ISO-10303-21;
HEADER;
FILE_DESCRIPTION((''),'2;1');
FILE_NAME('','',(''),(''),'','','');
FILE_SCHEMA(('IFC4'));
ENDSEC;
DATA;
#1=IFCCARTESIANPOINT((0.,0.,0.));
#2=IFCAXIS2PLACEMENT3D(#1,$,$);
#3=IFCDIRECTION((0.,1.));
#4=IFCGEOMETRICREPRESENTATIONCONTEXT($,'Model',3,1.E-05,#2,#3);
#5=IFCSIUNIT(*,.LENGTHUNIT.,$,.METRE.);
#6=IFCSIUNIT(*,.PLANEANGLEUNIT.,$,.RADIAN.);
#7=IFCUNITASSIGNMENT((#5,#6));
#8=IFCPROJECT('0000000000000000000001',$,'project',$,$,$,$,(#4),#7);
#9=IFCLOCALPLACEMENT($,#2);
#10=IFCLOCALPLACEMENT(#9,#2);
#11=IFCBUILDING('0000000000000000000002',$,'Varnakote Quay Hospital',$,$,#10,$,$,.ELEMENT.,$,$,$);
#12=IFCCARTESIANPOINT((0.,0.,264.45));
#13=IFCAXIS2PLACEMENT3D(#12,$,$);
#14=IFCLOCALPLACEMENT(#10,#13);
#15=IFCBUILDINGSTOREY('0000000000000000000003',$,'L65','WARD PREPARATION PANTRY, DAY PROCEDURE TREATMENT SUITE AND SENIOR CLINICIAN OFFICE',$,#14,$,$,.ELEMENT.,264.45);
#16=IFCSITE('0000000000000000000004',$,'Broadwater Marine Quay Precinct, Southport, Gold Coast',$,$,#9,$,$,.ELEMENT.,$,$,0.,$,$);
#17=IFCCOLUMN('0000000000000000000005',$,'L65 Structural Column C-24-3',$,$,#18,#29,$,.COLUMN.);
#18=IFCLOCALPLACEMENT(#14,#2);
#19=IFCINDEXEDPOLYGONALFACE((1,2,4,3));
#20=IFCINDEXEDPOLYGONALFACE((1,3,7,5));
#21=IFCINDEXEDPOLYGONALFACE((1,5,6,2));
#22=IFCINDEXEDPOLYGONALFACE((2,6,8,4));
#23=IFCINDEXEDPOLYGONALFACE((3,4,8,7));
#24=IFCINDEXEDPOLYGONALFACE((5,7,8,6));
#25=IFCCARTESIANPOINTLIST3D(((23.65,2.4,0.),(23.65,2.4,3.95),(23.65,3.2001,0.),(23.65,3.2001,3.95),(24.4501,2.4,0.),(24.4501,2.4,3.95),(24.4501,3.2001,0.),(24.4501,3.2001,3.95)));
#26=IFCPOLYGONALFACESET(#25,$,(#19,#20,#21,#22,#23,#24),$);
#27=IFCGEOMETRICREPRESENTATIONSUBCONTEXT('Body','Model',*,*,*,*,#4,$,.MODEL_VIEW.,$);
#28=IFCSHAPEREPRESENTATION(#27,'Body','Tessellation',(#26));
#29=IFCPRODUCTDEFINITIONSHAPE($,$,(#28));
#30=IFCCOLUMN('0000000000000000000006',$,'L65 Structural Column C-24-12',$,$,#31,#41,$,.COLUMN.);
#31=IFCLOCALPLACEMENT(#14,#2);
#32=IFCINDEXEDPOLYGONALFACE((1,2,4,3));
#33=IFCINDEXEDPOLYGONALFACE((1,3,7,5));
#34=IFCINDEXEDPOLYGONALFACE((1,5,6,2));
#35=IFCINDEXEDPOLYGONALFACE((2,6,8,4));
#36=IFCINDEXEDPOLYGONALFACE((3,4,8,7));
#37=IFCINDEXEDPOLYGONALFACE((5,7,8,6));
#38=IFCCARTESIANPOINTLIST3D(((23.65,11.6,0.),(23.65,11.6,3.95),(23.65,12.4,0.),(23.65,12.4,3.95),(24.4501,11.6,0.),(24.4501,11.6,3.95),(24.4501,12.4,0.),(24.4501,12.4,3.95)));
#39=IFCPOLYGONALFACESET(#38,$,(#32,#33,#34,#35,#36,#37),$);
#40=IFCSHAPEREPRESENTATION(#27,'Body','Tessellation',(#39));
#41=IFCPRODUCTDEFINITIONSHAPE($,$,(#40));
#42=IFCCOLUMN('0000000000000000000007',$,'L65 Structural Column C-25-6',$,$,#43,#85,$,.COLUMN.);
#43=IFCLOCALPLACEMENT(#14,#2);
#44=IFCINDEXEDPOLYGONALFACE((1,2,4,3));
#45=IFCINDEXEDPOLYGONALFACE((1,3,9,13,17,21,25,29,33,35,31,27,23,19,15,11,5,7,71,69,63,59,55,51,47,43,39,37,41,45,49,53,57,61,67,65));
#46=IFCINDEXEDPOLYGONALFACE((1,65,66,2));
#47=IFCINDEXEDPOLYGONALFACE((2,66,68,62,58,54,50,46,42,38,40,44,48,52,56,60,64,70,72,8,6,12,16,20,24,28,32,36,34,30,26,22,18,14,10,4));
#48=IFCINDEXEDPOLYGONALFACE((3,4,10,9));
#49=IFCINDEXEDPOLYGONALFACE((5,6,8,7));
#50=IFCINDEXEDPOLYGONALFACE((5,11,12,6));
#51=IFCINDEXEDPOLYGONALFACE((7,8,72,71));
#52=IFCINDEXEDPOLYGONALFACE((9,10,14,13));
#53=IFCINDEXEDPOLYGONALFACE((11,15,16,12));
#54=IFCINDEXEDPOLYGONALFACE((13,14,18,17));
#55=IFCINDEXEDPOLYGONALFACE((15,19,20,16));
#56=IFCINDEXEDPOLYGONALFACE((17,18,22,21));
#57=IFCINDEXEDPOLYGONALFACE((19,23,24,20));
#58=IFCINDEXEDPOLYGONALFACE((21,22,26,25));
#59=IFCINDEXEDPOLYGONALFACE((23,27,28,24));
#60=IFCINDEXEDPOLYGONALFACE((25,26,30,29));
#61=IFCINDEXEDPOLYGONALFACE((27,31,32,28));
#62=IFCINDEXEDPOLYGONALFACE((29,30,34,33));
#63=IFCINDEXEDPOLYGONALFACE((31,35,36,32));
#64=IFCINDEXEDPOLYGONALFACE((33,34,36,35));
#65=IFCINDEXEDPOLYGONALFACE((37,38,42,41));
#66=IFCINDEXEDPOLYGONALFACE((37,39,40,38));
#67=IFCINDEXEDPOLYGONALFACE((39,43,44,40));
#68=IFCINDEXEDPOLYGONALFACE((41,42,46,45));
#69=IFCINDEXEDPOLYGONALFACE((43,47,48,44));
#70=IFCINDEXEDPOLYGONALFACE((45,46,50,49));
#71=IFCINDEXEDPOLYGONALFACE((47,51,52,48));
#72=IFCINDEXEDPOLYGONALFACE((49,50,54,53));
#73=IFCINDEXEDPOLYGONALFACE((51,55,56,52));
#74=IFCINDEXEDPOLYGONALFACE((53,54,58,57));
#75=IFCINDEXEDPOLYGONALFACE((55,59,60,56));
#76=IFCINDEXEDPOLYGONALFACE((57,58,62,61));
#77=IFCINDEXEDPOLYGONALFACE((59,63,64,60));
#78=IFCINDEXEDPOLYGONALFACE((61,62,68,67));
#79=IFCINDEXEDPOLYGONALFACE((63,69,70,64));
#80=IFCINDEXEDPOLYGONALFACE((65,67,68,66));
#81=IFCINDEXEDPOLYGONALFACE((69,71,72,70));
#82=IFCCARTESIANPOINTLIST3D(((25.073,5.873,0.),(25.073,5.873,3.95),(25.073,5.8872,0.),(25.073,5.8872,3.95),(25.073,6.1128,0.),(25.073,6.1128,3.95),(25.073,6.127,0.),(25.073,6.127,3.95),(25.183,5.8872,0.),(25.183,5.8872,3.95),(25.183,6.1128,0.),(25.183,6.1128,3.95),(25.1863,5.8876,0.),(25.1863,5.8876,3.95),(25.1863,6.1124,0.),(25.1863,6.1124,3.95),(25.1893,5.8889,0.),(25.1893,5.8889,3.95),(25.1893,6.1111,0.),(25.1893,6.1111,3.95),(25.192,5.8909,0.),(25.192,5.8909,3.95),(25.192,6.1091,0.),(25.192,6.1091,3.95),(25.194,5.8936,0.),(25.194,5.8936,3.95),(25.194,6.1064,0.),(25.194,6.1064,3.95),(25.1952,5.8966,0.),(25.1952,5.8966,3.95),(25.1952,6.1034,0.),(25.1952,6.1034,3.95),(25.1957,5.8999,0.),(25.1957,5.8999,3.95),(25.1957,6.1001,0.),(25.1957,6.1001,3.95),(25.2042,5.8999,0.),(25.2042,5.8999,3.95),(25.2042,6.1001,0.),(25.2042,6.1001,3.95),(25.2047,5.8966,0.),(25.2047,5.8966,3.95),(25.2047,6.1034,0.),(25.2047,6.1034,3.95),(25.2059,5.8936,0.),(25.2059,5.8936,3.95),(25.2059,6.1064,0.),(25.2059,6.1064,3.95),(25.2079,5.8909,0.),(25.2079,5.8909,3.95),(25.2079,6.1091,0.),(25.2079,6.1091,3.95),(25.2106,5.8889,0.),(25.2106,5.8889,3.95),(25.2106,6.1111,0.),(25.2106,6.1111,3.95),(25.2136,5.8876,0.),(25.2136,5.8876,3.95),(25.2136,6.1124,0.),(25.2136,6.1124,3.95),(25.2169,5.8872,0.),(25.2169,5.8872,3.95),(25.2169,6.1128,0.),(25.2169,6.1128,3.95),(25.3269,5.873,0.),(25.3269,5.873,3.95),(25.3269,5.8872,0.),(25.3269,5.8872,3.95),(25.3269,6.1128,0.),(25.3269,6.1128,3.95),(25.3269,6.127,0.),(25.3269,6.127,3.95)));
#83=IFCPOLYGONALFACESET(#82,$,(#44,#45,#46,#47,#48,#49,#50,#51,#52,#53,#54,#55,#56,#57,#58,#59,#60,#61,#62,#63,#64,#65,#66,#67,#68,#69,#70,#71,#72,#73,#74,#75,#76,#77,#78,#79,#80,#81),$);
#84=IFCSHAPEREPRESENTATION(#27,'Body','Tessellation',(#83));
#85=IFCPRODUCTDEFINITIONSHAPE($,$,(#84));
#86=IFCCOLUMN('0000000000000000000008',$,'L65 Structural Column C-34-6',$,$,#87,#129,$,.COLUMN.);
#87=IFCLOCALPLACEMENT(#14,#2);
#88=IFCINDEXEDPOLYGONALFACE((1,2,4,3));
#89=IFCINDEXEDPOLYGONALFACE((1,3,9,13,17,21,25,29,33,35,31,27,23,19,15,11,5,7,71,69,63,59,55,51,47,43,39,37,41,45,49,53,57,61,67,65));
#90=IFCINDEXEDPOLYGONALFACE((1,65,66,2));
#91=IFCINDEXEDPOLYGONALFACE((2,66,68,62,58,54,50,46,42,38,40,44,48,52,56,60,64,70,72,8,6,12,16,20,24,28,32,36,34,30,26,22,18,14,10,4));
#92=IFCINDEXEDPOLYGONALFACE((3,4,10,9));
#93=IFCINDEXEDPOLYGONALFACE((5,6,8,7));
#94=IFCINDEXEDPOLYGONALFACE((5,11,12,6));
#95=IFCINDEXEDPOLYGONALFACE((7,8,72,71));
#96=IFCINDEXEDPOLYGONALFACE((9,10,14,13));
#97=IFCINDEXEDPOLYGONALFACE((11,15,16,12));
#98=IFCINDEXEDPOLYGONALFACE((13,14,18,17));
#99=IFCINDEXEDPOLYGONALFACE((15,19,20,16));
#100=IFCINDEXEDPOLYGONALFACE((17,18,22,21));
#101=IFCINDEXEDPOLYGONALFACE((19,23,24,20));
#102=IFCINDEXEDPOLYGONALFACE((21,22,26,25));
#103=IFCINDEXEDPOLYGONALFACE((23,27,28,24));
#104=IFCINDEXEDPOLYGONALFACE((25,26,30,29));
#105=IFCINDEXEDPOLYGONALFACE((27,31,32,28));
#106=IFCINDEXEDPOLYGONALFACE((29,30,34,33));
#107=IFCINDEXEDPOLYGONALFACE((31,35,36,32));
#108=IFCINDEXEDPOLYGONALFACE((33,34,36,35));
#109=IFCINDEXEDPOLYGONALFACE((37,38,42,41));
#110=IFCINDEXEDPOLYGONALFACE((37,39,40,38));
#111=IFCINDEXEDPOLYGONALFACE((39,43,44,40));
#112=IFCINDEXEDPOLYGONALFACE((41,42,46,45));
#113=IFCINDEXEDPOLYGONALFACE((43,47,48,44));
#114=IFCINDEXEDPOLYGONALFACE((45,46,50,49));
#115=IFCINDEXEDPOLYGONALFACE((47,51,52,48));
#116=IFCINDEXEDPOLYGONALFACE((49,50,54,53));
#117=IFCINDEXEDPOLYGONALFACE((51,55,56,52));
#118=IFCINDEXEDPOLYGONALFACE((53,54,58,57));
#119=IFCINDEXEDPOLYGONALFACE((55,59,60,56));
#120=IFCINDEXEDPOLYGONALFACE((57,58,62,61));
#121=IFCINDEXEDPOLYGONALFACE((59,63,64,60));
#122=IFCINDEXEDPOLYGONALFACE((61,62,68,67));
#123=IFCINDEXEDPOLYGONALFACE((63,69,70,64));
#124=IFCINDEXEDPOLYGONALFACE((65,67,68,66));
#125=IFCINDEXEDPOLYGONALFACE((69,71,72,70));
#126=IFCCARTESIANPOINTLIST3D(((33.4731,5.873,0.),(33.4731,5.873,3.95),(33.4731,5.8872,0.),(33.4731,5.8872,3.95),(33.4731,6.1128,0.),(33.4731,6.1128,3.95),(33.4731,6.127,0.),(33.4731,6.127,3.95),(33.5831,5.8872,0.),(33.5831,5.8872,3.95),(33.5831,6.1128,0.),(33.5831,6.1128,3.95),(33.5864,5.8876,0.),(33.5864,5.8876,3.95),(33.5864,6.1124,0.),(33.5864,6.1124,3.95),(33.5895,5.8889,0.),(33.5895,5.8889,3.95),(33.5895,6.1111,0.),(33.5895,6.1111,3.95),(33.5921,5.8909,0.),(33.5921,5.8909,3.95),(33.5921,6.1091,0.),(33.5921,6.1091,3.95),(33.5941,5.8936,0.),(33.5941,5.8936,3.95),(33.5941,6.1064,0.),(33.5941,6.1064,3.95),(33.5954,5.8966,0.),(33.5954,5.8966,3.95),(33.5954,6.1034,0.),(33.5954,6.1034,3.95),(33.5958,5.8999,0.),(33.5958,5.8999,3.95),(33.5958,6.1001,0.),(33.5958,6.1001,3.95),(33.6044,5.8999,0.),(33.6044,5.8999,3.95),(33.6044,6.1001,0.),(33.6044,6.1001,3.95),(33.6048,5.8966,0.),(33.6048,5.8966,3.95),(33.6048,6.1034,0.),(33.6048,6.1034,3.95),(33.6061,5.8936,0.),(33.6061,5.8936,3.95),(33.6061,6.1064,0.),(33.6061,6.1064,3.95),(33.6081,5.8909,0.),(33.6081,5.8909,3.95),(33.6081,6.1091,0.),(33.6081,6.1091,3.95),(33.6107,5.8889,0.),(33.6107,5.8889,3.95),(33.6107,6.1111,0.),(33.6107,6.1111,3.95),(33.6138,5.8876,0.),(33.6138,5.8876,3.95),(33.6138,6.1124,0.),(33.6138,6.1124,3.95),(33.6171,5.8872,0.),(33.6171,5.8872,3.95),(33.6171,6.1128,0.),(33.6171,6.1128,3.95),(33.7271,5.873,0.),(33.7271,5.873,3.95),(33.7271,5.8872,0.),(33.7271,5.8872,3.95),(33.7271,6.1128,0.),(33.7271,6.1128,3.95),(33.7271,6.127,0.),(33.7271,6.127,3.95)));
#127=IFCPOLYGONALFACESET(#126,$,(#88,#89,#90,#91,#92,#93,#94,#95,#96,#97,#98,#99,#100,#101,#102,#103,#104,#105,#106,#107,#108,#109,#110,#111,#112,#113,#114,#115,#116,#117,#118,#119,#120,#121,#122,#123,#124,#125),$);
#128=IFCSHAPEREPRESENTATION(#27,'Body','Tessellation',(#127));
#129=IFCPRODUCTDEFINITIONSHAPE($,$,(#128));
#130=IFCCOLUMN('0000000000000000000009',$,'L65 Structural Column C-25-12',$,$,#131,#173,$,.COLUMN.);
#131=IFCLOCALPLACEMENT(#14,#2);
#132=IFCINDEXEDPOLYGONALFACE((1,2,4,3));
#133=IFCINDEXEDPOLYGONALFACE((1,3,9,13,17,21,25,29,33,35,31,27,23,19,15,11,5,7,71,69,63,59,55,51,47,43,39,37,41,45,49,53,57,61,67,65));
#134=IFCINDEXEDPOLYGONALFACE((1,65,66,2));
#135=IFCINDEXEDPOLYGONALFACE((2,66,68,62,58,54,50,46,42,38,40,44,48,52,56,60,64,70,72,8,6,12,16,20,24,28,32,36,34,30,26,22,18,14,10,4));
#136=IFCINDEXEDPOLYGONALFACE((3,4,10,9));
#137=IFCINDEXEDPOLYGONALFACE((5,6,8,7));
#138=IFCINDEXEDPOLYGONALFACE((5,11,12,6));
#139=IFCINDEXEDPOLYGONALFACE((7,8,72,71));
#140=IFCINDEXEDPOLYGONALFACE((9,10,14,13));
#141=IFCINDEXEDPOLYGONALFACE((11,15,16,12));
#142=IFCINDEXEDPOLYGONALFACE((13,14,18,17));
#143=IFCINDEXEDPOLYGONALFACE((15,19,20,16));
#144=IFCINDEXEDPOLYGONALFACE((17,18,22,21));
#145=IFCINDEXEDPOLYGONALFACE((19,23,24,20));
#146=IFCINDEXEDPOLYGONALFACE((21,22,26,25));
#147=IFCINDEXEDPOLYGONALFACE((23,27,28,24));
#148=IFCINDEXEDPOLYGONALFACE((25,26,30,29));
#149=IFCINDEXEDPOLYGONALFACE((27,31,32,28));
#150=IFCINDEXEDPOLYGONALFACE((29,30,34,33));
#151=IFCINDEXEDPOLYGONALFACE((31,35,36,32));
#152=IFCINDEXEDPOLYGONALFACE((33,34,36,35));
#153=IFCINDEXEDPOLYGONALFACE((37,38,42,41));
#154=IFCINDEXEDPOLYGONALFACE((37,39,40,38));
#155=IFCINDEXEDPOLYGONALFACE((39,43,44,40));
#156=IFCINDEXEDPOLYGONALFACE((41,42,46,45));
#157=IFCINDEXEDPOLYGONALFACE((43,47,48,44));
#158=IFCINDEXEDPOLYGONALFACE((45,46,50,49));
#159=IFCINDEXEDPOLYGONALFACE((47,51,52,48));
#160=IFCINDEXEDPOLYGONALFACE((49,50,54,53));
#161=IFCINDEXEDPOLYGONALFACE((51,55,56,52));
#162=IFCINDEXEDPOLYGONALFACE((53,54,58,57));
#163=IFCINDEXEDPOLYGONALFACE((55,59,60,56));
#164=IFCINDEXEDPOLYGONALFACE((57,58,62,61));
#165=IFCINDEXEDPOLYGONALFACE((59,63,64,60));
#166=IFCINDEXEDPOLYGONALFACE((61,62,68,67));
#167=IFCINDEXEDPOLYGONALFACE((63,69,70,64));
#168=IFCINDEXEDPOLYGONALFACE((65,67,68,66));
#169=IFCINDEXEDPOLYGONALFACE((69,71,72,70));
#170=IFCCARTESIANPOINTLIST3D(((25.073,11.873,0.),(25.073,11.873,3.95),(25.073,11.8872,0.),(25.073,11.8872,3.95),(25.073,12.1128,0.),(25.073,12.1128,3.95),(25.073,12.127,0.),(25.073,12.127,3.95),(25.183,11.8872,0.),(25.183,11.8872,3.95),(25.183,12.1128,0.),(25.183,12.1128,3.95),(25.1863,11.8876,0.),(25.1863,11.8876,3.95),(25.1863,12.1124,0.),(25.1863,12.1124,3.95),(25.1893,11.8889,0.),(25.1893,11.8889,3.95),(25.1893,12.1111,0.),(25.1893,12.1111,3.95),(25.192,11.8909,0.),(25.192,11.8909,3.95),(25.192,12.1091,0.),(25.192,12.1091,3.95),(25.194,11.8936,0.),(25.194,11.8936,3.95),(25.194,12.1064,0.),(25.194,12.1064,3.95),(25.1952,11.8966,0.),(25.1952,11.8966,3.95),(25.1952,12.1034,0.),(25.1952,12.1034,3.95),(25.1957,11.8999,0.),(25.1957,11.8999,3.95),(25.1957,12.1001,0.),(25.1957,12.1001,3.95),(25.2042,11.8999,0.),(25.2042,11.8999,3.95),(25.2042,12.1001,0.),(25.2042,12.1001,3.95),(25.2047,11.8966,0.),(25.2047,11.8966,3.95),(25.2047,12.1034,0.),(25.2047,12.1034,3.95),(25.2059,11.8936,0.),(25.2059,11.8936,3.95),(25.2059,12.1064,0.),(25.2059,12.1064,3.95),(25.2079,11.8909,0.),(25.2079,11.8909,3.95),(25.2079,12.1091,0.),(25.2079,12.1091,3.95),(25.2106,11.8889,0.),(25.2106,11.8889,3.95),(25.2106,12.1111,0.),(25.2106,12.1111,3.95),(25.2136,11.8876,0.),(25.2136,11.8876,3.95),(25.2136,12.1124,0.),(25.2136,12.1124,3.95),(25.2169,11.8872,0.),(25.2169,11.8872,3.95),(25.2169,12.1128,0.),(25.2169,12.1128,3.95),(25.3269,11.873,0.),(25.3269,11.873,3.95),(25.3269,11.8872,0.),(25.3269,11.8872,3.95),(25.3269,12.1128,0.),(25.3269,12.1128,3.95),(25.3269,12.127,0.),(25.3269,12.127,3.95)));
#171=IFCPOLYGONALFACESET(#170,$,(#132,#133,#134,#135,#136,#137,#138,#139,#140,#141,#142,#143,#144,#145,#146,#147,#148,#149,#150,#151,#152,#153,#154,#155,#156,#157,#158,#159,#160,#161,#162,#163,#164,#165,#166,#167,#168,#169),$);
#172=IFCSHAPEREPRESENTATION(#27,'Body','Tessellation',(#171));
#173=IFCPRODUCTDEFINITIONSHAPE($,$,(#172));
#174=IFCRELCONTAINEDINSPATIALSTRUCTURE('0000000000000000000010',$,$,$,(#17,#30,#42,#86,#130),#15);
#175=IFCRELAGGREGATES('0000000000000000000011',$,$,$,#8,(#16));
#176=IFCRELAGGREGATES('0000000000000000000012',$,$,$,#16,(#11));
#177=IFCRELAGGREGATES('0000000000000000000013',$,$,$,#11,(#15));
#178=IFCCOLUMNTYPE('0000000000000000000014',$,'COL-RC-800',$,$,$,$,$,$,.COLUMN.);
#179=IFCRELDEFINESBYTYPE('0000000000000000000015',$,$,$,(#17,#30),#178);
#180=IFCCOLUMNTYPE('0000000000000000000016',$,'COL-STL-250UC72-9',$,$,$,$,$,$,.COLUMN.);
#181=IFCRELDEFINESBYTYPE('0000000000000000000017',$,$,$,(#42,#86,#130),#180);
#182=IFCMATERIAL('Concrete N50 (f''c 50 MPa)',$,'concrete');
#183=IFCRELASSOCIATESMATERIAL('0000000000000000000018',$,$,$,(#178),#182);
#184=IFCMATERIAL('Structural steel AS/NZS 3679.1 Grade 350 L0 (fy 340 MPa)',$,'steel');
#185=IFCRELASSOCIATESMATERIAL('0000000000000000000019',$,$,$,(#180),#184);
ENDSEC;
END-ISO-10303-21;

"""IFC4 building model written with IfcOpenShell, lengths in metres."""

from ifc_helpers import new_model, si_unit, direction, frame, origin, origin_2d, place, context, subcontext, project, spatial, rectangle, i_section, extrude, material, material_profile, profile_set, type_object, element, save


model = new_model("IFC4")

# Units and contexts
model_context = context("Model", 3, precision=1e-05, world=origin(), true_north=direction((0.0, 1.0)))
body_context = subcontext(model_context, "Body", "Model", "MODEL_VIEW")
ifc_project = project(units=[si_unit("LENGTHUNIT", "METRE"), si_unit("PLANEANGLEUNIT", "RADIAN")], contexts=[model_context])

# Site, building, storey
site_placement = place(None, origin())
site = spatial("IfcSite", under=ifc_project, at=site_placement, Name="Broadwater Marine Quay Precinct, Southport, Gold Coast", CompositionType="ELEMENT", RefElevation=0.0)
building_placement = place(site_placement, origin())
building = spatial("IfcBuilding", under=site, at=building_placement, Name="Varnakote Quay Hospital", CompositionType="ELEMENT")
storey_placement = place(building_placement, frame((0.0, 0.0, 264.45)))
storey = spatial("IfcBuildingStorey", under=building, at=storey_placement, Name="L65", Description="WARD PREPARATION PANTRY, DAY PROCEDURE TREATMENT SUITE AND SENIOR CLINICIAN OFFICE", CompositionType="ELEMENT", Elevation=264.45)

# Columns
ifc_material_1 = material(Name="Concrete N50 (f'c 50 MPa)", Category="concrete")
ifc_material_profile_1 = material_profile(ifc_material_1, rectangle(XDim=0.8, YDim=0.8, at=origin_2d()), Name="RC-COL-800x800")
ifc_profile_set_1 = profile_set([ifc_material_profile_1], Name="Concrete N50 (f'c 50 MPa)")
column_type_1 = type_object("IfcColumnType", Name="COL-RC-800", PredefinedType="COLUMN", material=ifc_profile_set_1)
for number, where, z_axis, x_axis, name in (
    (1, (24.05, 2.8, 0.0), (0.0, 0.0, 1.0), (1.0, 0.0, 0.0), "L65 Structural Column C-24-3"),
    (2, (24.05, 12.0, 0.0), (0.0, 0.0, 1.0), (1.0, 0.0, 0.0), "L65 Structural Column C-24-12"),
):
    element("IfcColumn", number, at=place(storey_placement, frame(where, z_axis=z_axis, x_axis=x_axis)), inside=storey, type_object=column_type_1, Name=name, PredefinedType="COLUMN", context=body_context, shape_type="SweptSolid", body=[
        extrude(rectangle(XDim=0.8, YDim=0.8, at=origin_2d()), origin(), (0.0, 0.0, 1.0), 3.95),
    ])
ifc_material_2 = material(Name="Structural steel AS/NZS 3679.1 Grade 350 L0 (fy 340 MPa)", Category="steel")
ifc_material_profile_2 = material_profile(ifc_material_2, i_section(OverallWidth=0.2539, OverallDepth=0.2539, WebThickness=0.0085, FlangeThickness=0.0142, FilletRadius=0.0127, at=origin_2d()), Name="250UC72.9")
ifc_profile_set_2 = profile_set([ifc_material_profile_2], Name="Structural steel AS/NZS 3679.1 Grade 350 L0 (fy 340 MPa)")
column_type_2 = type_object("IfcColumnType", Name="COL-STL-250UC72-9", PredefinedType="COLUMN", material=ifc_profile_set_2)
for number, where, z_axis, x_axis, name in (
    (3, (25.2, 6.0, 0.0), (0.0, 0.0, 1.0), (1.0, 0.0, 0.0), "L65 Structural Column C-25-6"),
    (4, (33.6001, 6.0, 0.0), (0.0, 0.0, 1.0), (1.0, 0.0, 0.0), "L65 Structural Column C-34-6"),
    (5, (25.2, 12.0, 0.0), (0.0, 0.0, 1.0), (1.0, 0.0, 0.0), "L65 Structural Column C-25-12"),
):
    element("IfcColumn", number, at=place(storey_placement, frame(where, z_axis=z_axis, x_axis=x_axis)), inside=storey, type_object=column_type_2, Name=name, PredefinedType="COLUMN", context=body_context, shape_type="SweptSolid", body=[
        extrude(i_section(OverallWidth=0.2539, OverallDepth=0.2539, WebThickness=0.0085, FlangeThickness=0.0142, FilletRadius=0.0127, at=origin_2d()), origin(), (0.0, 0.0, 1.0), 3.95),
    ])

save(model, "model.ifc")
